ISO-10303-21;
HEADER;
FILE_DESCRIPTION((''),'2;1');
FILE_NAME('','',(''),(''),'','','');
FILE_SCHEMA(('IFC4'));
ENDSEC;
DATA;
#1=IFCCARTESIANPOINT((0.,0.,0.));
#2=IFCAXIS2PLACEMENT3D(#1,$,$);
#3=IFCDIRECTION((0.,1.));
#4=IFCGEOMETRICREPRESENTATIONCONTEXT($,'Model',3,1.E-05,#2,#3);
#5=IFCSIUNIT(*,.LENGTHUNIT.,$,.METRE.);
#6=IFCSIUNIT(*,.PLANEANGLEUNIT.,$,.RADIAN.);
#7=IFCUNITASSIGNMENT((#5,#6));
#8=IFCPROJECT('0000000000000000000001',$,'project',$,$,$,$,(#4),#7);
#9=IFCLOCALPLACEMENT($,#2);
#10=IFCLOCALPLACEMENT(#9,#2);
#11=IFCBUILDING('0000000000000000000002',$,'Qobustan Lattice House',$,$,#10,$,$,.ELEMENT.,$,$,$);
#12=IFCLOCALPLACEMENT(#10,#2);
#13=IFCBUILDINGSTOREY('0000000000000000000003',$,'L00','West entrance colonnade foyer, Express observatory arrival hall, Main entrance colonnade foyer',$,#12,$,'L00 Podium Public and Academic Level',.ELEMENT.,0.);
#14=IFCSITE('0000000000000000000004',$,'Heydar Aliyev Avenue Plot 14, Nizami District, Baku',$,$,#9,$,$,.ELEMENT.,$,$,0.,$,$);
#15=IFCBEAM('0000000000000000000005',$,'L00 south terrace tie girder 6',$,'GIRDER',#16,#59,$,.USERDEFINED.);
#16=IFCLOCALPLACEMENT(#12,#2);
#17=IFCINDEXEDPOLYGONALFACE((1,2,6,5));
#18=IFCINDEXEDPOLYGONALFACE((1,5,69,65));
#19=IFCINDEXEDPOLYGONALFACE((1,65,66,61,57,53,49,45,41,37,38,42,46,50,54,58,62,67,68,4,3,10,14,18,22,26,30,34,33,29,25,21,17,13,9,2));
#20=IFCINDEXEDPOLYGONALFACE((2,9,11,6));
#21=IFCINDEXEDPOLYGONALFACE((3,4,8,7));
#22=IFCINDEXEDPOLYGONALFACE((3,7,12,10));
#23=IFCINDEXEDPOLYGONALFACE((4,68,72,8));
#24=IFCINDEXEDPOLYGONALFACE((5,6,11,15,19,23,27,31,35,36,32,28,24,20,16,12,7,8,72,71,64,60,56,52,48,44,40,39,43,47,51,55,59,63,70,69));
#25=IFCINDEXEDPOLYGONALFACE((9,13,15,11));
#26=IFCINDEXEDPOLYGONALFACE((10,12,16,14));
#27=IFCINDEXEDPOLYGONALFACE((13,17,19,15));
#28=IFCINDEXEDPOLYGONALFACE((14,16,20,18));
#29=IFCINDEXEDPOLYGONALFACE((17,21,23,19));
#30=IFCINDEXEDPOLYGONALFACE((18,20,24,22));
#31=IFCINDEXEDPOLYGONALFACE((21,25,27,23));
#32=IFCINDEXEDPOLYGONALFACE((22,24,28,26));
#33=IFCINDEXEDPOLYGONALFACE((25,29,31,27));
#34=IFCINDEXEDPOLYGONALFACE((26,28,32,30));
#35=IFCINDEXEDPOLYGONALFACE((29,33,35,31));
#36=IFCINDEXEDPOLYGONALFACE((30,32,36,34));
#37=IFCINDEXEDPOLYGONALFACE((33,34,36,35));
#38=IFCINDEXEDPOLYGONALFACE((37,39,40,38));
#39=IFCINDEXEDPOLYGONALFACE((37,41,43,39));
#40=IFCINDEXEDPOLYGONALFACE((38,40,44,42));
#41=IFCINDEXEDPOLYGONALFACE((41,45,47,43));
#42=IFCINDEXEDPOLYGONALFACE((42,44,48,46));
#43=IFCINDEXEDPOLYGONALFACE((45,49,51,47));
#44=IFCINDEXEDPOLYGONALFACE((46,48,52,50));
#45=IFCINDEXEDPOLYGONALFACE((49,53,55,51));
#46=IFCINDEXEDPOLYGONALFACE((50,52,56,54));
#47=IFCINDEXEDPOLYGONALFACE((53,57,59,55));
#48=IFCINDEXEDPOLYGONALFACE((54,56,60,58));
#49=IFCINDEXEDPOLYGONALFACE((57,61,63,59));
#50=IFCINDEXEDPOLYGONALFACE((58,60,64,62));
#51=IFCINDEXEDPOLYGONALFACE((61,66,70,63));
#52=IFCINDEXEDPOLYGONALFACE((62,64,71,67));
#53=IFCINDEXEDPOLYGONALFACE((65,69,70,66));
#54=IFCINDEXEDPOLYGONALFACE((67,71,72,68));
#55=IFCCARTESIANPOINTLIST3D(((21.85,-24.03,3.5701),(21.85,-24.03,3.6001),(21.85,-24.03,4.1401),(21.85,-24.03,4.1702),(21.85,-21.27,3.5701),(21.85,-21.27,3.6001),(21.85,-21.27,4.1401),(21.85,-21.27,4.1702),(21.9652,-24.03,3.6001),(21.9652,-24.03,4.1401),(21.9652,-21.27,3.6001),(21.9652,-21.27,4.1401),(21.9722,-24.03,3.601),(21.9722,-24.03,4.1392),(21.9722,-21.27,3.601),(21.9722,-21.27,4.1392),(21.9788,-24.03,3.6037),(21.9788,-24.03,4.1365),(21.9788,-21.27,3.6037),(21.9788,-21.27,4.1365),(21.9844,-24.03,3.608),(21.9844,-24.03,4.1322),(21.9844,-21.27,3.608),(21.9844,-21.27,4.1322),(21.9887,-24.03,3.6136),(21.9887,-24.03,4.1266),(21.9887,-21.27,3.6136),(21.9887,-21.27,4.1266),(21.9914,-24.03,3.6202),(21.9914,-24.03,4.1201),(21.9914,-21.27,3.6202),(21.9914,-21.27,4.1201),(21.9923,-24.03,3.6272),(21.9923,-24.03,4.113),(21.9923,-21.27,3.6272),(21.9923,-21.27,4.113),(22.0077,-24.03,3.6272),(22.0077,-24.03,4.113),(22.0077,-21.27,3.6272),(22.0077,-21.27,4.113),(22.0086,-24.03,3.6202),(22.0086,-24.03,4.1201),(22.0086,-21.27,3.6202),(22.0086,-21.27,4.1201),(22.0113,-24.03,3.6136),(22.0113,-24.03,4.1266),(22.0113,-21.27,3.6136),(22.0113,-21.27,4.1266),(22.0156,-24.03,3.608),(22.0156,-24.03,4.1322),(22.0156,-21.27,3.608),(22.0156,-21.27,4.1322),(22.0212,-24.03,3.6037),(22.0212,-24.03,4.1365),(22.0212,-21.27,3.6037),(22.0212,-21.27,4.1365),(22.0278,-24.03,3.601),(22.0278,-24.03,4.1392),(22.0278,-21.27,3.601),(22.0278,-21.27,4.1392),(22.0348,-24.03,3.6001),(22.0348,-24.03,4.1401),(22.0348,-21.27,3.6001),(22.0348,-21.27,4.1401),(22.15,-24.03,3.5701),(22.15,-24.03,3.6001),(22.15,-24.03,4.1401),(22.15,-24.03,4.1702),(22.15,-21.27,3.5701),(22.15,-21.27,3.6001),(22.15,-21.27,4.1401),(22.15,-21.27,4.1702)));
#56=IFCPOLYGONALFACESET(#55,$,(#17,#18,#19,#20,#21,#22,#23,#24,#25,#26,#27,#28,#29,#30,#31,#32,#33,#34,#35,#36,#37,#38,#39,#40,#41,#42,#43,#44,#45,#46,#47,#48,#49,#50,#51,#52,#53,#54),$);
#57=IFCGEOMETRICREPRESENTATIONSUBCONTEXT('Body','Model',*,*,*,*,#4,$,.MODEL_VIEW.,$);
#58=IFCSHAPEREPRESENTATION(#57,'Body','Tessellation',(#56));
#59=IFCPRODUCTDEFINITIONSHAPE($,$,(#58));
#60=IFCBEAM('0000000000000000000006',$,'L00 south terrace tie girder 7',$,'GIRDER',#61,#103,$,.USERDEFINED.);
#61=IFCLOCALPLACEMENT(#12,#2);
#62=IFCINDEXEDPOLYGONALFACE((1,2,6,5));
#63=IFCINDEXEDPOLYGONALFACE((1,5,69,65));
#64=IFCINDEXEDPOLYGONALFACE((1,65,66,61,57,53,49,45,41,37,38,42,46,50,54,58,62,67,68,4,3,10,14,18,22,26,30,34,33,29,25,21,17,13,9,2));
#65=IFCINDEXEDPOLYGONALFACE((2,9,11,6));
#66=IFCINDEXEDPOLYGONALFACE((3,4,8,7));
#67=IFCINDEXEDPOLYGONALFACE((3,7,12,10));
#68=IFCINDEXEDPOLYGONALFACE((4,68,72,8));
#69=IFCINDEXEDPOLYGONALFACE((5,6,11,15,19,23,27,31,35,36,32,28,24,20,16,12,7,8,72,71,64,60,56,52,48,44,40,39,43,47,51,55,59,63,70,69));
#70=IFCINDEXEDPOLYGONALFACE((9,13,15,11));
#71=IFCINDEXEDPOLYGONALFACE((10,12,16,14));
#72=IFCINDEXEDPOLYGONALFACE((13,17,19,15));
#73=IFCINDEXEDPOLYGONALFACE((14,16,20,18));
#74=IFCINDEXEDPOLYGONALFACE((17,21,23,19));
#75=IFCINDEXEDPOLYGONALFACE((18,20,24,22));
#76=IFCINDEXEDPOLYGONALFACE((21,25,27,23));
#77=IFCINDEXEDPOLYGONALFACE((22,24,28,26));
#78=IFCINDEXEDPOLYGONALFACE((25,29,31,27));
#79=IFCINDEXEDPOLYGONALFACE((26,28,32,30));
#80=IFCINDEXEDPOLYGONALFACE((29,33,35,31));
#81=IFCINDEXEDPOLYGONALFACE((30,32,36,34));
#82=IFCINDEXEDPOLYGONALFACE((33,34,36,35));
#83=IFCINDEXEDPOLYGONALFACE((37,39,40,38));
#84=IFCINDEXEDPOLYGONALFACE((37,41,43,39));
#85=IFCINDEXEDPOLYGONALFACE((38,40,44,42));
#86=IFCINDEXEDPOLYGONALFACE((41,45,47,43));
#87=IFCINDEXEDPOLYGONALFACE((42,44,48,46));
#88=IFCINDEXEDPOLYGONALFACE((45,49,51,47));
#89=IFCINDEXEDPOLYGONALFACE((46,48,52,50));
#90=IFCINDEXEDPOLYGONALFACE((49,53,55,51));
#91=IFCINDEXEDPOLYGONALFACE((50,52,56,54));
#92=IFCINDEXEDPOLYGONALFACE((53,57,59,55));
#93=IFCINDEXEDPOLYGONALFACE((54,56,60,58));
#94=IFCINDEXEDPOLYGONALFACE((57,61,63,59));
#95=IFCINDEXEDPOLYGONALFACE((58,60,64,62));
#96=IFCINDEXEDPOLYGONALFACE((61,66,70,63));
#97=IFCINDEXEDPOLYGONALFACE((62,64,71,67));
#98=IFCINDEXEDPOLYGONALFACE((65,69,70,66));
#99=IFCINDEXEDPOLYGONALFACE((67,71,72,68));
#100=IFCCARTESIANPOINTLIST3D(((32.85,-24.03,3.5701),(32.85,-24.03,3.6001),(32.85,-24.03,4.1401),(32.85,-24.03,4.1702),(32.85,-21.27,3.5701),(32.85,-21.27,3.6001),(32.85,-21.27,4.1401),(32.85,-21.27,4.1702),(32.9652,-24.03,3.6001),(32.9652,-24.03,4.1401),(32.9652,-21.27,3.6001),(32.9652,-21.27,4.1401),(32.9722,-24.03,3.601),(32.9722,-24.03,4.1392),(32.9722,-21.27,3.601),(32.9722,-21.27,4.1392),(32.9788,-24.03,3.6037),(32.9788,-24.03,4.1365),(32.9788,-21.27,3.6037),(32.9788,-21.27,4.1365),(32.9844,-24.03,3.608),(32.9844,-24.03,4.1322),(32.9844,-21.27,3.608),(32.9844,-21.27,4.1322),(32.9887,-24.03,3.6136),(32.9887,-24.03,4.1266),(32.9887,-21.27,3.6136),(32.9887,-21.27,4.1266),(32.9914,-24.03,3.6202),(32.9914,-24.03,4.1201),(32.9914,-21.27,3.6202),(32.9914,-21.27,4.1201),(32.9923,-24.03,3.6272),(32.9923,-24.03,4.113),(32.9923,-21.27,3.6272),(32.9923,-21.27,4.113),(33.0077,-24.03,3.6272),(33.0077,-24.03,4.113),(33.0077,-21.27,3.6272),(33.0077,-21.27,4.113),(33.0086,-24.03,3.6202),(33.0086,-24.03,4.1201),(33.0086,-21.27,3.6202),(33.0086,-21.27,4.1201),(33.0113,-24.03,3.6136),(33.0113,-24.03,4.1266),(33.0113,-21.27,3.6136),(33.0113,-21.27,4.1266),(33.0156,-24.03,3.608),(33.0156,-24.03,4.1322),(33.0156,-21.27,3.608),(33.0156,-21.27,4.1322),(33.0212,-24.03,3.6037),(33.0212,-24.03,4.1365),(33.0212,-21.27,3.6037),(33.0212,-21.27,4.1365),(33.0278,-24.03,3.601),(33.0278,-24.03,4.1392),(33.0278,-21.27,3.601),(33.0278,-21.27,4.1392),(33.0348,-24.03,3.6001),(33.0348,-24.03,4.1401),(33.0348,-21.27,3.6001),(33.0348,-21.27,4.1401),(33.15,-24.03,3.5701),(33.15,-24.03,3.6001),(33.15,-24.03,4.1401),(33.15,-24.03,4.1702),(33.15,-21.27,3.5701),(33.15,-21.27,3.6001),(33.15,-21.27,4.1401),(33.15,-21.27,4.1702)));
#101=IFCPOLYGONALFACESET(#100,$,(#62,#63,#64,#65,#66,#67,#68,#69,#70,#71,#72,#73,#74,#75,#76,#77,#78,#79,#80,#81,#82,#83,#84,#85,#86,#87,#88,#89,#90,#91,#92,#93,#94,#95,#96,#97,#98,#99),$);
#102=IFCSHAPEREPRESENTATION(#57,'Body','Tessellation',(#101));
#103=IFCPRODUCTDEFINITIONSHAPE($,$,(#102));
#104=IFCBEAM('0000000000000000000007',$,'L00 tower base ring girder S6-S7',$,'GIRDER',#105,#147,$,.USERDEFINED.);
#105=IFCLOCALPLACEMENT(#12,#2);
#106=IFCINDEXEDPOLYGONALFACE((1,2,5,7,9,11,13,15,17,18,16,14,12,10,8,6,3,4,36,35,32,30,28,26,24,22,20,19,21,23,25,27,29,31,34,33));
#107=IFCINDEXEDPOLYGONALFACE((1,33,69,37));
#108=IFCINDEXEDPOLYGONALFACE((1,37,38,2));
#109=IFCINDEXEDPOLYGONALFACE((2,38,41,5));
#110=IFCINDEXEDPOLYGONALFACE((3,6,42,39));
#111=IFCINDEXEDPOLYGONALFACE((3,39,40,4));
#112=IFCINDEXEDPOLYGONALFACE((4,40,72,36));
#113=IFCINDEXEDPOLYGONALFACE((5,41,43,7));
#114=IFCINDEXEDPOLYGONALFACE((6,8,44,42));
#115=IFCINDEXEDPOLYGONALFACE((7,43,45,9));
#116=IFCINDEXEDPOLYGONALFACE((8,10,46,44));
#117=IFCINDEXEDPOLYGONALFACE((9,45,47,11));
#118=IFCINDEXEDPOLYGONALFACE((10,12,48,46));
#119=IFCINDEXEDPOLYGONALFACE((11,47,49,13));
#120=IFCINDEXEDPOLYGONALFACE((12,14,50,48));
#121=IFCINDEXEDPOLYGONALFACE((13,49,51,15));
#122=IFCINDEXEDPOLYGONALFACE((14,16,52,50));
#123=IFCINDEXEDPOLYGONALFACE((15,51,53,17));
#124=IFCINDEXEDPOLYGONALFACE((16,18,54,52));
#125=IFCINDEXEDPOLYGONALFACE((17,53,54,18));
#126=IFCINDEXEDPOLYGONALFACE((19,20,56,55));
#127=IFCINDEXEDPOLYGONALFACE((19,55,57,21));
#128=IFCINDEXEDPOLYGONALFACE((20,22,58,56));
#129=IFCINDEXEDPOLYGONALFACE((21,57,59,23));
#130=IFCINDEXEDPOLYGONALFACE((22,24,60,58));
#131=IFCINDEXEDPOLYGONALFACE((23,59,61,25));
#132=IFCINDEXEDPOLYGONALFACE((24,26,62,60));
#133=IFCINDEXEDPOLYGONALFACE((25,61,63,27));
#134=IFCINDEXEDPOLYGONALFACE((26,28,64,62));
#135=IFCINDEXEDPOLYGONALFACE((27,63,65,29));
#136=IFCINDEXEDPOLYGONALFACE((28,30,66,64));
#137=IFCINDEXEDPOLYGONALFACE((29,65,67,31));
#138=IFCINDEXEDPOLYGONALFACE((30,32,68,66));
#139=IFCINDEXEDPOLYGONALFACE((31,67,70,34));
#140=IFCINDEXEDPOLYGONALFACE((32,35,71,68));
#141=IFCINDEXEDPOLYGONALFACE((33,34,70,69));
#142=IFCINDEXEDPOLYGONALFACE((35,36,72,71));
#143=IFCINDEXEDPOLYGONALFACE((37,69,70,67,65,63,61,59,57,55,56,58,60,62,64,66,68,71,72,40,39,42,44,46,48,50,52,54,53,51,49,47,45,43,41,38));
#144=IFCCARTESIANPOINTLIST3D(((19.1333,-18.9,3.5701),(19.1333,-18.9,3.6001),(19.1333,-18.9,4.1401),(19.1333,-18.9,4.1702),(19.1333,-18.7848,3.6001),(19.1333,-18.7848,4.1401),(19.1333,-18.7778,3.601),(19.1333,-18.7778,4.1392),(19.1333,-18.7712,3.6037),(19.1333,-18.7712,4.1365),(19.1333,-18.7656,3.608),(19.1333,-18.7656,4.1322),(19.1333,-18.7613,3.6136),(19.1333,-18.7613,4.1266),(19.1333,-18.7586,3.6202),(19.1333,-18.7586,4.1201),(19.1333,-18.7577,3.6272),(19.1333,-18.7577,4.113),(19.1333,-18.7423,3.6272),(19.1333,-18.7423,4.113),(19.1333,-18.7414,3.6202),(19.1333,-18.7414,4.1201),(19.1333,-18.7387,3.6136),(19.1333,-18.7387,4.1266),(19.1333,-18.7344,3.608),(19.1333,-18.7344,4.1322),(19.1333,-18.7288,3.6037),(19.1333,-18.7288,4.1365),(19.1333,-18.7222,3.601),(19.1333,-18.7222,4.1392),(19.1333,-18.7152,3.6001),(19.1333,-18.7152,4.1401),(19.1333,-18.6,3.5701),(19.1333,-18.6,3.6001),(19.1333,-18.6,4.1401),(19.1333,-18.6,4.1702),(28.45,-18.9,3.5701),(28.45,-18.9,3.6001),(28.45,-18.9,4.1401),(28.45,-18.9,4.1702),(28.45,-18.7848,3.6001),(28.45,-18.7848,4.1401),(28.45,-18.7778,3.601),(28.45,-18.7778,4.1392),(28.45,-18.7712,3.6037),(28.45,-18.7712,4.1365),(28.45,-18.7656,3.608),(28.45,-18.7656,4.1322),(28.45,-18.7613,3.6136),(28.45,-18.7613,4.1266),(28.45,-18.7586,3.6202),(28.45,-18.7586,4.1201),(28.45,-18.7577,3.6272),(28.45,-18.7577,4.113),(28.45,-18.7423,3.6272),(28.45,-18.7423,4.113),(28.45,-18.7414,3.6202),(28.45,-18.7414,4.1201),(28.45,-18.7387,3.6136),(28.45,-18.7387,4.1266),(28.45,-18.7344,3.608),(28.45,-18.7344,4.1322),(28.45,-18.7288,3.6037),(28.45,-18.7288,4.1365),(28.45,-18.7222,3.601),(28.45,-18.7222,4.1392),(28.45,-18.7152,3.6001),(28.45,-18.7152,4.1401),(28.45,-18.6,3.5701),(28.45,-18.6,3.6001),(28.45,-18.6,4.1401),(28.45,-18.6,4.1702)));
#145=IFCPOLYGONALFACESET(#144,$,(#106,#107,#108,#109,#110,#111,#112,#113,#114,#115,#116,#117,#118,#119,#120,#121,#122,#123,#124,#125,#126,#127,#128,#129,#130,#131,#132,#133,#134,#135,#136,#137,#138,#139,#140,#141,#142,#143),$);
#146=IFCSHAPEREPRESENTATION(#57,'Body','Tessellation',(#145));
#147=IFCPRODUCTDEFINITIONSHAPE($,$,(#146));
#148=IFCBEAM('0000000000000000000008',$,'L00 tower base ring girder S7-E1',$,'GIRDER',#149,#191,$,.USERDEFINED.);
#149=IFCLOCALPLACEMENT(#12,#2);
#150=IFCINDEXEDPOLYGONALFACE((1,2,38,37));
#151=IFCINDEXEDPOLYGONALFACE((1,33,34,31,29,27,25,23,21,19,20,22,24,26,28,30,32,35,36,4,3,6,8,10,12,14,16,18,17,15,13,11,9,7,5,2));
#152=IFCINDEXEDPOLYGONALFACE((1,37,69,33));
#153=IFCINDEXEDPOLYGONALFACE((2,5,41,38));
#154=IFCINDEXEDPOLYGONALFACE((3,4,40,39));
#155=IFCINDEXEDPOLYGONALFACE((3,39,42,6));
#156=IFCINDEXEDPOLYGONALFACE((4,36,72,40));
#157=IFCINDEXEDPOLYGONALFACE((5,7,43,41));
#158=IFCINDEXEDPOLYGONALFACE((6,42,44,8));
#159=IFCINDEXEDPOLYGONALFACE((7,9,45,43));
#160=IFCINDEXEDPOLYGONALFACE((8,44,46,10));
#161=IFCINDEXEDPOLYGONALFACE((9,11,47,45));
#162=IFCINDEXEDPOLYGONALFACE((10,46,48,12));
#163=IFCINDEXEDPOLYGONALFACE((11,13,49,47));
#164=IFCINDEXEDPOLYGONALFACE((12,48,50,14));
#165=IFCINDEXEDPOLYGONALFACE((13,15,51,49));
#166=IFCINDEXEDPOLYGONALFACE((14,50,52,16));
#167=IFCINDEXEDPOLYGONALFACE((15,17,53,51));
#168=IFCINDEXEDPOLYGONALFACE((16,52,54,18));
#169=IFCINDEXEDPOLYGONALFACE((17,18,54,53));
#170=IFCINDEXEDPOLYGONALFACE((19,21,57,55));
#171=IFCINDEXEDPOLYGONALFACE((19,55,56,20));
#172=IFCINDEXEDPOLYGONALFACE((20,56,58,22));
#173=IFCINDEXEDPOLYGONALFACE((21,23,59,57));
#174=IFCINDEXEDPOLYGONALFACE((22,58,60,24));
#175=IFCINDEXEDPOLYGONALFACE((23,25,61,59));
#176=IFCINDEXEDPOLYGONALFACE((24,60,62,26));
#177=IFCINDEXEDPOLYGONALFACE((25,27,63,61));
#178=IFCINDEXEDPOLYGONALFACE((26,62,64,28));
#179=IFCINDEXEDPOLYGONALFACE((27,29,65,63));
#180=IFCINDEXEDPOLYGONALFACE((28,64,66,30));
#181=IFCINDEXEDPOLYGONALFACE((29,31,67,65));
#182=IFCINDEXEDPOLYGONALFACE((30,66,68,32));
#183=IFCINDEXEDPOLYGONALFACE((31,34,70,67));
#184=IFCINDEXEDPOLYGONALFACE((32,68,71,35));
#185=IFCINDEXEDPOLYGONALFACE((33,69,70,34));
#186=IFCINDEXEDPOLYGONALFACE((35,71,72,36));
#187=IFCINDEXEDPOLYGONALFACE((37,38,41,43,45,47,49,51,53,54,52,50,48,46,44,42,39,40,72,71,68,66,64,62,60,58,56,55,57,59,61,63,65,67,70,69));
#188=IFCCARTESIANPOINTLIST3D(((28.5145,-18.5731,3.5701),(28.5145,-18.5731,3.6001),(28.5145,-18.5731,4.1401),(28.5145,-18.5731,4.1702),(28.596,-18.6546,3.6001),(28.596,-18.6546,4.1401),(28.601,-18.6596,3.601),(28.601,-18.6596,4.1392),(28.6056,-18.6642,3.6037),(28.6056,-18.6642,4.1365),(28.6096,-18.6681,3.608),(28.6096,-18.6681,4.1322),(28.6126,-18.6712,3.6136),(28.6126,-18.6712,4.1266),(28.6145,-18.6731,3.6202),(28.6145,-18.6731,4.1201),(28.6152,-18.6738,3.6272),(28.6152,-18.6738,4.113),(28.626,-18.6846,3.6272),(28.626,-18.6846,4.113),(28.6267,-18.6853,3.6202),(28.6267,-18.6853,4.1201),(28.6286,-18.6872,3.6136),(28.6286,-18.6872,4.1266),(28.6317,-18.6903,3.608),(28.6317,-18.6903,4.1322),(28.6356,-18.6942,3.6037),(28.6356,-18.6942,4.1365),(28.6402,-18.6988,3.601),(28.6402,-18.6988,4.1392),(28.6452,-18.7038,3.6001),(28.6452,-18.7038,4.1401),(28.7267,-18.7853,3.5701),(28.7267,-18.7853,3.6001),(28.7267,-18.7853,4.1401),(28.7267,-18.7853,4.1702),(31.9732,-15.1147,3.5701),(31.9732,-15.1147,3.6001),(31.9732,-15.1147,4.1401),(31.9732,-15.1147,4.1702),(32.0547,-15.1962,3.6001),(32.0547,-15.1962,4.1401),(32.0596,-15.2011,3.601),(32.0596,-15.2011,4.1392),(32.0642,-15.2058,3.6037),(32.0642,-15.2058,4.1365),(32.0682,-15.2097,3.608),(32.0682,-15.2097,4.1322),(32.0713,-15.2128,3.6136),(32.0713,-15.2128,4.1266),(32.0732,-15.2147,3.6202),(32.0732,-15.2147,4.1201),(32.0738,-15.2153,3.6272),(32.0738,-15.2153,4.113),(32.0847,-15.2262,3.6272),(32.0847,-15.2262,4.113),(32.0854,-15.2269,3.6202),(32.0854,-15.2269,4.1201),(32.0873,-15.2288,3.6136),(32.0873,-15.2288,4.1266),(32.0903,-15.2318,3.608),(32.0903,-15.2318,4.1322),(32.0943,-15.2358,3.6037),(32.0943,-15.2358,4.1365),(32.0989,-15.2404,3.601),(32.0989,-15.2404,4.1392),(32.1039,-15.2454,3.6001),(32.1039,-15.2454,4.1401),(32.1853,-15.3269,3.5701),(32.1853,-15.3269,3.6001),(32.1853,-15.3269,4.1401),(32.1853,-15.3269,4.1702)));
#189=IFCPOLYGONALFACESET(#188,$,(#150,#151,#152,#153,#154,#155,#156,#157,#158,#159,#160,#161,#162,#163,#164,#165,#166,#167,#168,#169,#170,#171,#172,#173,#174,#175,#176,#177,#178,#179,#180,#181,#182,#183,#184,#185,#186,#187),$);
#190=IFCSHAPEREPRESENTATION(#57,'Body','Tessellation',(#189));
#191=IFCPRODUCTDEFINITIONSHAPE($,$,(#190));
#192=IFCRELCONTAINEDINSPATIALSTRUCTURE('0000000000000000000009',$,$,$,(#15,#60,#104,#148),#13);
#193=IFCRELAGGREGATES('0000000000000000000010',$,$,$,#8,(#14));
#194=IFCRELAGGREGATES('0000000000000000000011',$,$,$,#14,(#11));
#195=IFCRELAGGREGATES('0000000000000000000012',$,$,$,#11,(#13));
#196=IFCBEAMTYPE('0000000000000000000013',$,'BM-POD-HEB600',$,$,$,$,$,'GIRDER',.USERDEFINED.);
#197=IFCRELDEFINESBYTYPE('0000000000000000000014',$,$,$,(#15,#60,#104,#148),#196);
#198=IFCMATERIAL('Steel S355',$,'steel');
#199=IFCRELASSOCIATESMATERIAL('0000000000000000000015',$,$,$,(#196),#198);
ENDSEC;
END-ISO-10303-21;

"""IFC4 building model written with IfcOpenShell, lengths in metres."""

from ifc_helpers import new_model, si_unit, direction, frame, origin, origin_2d, place, context, subcontext, project, spatial, i_section, extrude, material, material_profile, profile_set, type_object, element, save


model = new_model("IFC4")

# Units and contexts
model_context = context("Model", 3, precision=1e-05, world=origin(), true_north=direction((0.0, 1.0)))
body_context = subcontext(model_context, "Body", "Model", "MODEL_VIEW")
ifc_project = project(units=[si_unit("LENGTHUNIT", "METRE"), si_unit("PLANEANGLEUNIT", "RADIAN")], contexts=[model_context])

# Site, building, storey
site_placement = place(None, origin())
site = spatial("IfcSite", under=ifc_project, at=site_placement, Name="Heydar Aliyev Avenue Plot 14, Nizami District, Baku", CompositionType="ELEMENT", RefElevation=0.0)
building_placement = place(site_placement, origin())
building = spatial("IfcBuilding", under=site, at=building_placement, Name="Qobustan Lattice House", CompositionType="ELEMENT")
storey_placement = place(building_placement, origin())
storey = spatial("IfcBuildingStorey", under=building, at=storey_placement, Name="L00", Description="West entrance colonnade foyer, Express observatory arrival hall, Main entrance colonnade foyer", LongName="L00 Podium Public and Academic Level", CompositionType="ELEMENT", Elevation=0.0)

# Beams
ifc_material_1 = material(Name="Steel S355", Category="steel")
ifc_material_profile_1 = material_profile(ifc_material_1, i_section(OverallWidth=0.3, OverallDepth=0.6001, WebThickness=0.0154, FlangeThickness=0.03, FilletRadius=0.0271, at=origin_2d()), Name="HEB600")
ifc_profile_set_1 = profile_set([ifc_material_profile_1], Name="Steel S355")
beam_type_1 = type_object("IfcBeamType", Name="BM-POD-HEB600", ElementType="GIRDER", PredefinedType="USERDEFINED", material=ifc_profile_set_1)
for number, where, z_axis, x_axis, name in (
    (1, (22.0, -24.03, 3.8701), (0.0, 1.0, 0.0), (-1.0, 0.0, 0.0), "L00 south terrace tie girder 6"),
    (2, (33.0, -24.03, 3.8701), (0.0, 1.0, 0.0), (-1.0, 0.0, 0.0), "L00 south terrace tie girder 7"),
):
    element("IfcBeam", number, at=place(storey_placement, frame(where, z_axis=z_axis, x_axis=x_axis)), inside=storey, type_object=beam_type_1, Name=name, ObjectType="GIRDER", PredefinedType="USERDEFINED", context=body_context, shape_type="SweptSolid", body=[
        extrude(i_section(OverallWidth=0.3, OverallDepth=0.6001, WebThickness=0.0154, FlangeThickness=0.03, FilletRadius=0.0271, at=origin_2d()), origin(), (0.0, 0.0, 1.0), 2.76),
    ])
beam_1_placement = place(storey_placement, frame((19.1333, -18.75, 3.8701), z_axis=(1.0, 0.0, 0.0), x_axis=(0.0, 1.0, 0.0)))
element("IfcBeam", 3, at=beam_1_placement, inside=storey, type_object=beam_type_1, Name="L00 tower base ring girder S6-S7", ObjectType="GIRDER", PredefinedType="USERDEFINED", context=body_context, shape_type="SweptSolid", body=[
    extrude(i_section(OverallWidth=0.3, OverallDepth=0.6001, WebThickness=0.0154, FlangeThickness=0.03, FilletRadius=0.0271, at=origin_2d()), origin(), (0.0, 0.0, 1.0), 9.3167),
])
beam_2_placement = place(storey_placement, frame((28.6206, -18.6792, 3.8701), z_axis=(0.707132, 0.707082, 0.0), x_axis=(-0.707082, 0.707132, 0.0)))
element("IfcBeam", 4, at=beam_2_placement, inside=storey, type_object=beam_type_1, Name="L00 tower base ring girder S7-E1", ObjectType="GIRDER", PredefinedType="USERDEFINED", context=body_context, shape_type="SweptSolid", body=[
    extrude(i_section(OverallWidth=0.3, OverallDepth=0.6001, WebThickness=0.0154, FlangeThickness=0.03, FilletRadius=0.0271, at=origin_2d()), origin(), (0.0, 0.0, 1.0), 4.8911),
])

save(model, "model.ifc")
